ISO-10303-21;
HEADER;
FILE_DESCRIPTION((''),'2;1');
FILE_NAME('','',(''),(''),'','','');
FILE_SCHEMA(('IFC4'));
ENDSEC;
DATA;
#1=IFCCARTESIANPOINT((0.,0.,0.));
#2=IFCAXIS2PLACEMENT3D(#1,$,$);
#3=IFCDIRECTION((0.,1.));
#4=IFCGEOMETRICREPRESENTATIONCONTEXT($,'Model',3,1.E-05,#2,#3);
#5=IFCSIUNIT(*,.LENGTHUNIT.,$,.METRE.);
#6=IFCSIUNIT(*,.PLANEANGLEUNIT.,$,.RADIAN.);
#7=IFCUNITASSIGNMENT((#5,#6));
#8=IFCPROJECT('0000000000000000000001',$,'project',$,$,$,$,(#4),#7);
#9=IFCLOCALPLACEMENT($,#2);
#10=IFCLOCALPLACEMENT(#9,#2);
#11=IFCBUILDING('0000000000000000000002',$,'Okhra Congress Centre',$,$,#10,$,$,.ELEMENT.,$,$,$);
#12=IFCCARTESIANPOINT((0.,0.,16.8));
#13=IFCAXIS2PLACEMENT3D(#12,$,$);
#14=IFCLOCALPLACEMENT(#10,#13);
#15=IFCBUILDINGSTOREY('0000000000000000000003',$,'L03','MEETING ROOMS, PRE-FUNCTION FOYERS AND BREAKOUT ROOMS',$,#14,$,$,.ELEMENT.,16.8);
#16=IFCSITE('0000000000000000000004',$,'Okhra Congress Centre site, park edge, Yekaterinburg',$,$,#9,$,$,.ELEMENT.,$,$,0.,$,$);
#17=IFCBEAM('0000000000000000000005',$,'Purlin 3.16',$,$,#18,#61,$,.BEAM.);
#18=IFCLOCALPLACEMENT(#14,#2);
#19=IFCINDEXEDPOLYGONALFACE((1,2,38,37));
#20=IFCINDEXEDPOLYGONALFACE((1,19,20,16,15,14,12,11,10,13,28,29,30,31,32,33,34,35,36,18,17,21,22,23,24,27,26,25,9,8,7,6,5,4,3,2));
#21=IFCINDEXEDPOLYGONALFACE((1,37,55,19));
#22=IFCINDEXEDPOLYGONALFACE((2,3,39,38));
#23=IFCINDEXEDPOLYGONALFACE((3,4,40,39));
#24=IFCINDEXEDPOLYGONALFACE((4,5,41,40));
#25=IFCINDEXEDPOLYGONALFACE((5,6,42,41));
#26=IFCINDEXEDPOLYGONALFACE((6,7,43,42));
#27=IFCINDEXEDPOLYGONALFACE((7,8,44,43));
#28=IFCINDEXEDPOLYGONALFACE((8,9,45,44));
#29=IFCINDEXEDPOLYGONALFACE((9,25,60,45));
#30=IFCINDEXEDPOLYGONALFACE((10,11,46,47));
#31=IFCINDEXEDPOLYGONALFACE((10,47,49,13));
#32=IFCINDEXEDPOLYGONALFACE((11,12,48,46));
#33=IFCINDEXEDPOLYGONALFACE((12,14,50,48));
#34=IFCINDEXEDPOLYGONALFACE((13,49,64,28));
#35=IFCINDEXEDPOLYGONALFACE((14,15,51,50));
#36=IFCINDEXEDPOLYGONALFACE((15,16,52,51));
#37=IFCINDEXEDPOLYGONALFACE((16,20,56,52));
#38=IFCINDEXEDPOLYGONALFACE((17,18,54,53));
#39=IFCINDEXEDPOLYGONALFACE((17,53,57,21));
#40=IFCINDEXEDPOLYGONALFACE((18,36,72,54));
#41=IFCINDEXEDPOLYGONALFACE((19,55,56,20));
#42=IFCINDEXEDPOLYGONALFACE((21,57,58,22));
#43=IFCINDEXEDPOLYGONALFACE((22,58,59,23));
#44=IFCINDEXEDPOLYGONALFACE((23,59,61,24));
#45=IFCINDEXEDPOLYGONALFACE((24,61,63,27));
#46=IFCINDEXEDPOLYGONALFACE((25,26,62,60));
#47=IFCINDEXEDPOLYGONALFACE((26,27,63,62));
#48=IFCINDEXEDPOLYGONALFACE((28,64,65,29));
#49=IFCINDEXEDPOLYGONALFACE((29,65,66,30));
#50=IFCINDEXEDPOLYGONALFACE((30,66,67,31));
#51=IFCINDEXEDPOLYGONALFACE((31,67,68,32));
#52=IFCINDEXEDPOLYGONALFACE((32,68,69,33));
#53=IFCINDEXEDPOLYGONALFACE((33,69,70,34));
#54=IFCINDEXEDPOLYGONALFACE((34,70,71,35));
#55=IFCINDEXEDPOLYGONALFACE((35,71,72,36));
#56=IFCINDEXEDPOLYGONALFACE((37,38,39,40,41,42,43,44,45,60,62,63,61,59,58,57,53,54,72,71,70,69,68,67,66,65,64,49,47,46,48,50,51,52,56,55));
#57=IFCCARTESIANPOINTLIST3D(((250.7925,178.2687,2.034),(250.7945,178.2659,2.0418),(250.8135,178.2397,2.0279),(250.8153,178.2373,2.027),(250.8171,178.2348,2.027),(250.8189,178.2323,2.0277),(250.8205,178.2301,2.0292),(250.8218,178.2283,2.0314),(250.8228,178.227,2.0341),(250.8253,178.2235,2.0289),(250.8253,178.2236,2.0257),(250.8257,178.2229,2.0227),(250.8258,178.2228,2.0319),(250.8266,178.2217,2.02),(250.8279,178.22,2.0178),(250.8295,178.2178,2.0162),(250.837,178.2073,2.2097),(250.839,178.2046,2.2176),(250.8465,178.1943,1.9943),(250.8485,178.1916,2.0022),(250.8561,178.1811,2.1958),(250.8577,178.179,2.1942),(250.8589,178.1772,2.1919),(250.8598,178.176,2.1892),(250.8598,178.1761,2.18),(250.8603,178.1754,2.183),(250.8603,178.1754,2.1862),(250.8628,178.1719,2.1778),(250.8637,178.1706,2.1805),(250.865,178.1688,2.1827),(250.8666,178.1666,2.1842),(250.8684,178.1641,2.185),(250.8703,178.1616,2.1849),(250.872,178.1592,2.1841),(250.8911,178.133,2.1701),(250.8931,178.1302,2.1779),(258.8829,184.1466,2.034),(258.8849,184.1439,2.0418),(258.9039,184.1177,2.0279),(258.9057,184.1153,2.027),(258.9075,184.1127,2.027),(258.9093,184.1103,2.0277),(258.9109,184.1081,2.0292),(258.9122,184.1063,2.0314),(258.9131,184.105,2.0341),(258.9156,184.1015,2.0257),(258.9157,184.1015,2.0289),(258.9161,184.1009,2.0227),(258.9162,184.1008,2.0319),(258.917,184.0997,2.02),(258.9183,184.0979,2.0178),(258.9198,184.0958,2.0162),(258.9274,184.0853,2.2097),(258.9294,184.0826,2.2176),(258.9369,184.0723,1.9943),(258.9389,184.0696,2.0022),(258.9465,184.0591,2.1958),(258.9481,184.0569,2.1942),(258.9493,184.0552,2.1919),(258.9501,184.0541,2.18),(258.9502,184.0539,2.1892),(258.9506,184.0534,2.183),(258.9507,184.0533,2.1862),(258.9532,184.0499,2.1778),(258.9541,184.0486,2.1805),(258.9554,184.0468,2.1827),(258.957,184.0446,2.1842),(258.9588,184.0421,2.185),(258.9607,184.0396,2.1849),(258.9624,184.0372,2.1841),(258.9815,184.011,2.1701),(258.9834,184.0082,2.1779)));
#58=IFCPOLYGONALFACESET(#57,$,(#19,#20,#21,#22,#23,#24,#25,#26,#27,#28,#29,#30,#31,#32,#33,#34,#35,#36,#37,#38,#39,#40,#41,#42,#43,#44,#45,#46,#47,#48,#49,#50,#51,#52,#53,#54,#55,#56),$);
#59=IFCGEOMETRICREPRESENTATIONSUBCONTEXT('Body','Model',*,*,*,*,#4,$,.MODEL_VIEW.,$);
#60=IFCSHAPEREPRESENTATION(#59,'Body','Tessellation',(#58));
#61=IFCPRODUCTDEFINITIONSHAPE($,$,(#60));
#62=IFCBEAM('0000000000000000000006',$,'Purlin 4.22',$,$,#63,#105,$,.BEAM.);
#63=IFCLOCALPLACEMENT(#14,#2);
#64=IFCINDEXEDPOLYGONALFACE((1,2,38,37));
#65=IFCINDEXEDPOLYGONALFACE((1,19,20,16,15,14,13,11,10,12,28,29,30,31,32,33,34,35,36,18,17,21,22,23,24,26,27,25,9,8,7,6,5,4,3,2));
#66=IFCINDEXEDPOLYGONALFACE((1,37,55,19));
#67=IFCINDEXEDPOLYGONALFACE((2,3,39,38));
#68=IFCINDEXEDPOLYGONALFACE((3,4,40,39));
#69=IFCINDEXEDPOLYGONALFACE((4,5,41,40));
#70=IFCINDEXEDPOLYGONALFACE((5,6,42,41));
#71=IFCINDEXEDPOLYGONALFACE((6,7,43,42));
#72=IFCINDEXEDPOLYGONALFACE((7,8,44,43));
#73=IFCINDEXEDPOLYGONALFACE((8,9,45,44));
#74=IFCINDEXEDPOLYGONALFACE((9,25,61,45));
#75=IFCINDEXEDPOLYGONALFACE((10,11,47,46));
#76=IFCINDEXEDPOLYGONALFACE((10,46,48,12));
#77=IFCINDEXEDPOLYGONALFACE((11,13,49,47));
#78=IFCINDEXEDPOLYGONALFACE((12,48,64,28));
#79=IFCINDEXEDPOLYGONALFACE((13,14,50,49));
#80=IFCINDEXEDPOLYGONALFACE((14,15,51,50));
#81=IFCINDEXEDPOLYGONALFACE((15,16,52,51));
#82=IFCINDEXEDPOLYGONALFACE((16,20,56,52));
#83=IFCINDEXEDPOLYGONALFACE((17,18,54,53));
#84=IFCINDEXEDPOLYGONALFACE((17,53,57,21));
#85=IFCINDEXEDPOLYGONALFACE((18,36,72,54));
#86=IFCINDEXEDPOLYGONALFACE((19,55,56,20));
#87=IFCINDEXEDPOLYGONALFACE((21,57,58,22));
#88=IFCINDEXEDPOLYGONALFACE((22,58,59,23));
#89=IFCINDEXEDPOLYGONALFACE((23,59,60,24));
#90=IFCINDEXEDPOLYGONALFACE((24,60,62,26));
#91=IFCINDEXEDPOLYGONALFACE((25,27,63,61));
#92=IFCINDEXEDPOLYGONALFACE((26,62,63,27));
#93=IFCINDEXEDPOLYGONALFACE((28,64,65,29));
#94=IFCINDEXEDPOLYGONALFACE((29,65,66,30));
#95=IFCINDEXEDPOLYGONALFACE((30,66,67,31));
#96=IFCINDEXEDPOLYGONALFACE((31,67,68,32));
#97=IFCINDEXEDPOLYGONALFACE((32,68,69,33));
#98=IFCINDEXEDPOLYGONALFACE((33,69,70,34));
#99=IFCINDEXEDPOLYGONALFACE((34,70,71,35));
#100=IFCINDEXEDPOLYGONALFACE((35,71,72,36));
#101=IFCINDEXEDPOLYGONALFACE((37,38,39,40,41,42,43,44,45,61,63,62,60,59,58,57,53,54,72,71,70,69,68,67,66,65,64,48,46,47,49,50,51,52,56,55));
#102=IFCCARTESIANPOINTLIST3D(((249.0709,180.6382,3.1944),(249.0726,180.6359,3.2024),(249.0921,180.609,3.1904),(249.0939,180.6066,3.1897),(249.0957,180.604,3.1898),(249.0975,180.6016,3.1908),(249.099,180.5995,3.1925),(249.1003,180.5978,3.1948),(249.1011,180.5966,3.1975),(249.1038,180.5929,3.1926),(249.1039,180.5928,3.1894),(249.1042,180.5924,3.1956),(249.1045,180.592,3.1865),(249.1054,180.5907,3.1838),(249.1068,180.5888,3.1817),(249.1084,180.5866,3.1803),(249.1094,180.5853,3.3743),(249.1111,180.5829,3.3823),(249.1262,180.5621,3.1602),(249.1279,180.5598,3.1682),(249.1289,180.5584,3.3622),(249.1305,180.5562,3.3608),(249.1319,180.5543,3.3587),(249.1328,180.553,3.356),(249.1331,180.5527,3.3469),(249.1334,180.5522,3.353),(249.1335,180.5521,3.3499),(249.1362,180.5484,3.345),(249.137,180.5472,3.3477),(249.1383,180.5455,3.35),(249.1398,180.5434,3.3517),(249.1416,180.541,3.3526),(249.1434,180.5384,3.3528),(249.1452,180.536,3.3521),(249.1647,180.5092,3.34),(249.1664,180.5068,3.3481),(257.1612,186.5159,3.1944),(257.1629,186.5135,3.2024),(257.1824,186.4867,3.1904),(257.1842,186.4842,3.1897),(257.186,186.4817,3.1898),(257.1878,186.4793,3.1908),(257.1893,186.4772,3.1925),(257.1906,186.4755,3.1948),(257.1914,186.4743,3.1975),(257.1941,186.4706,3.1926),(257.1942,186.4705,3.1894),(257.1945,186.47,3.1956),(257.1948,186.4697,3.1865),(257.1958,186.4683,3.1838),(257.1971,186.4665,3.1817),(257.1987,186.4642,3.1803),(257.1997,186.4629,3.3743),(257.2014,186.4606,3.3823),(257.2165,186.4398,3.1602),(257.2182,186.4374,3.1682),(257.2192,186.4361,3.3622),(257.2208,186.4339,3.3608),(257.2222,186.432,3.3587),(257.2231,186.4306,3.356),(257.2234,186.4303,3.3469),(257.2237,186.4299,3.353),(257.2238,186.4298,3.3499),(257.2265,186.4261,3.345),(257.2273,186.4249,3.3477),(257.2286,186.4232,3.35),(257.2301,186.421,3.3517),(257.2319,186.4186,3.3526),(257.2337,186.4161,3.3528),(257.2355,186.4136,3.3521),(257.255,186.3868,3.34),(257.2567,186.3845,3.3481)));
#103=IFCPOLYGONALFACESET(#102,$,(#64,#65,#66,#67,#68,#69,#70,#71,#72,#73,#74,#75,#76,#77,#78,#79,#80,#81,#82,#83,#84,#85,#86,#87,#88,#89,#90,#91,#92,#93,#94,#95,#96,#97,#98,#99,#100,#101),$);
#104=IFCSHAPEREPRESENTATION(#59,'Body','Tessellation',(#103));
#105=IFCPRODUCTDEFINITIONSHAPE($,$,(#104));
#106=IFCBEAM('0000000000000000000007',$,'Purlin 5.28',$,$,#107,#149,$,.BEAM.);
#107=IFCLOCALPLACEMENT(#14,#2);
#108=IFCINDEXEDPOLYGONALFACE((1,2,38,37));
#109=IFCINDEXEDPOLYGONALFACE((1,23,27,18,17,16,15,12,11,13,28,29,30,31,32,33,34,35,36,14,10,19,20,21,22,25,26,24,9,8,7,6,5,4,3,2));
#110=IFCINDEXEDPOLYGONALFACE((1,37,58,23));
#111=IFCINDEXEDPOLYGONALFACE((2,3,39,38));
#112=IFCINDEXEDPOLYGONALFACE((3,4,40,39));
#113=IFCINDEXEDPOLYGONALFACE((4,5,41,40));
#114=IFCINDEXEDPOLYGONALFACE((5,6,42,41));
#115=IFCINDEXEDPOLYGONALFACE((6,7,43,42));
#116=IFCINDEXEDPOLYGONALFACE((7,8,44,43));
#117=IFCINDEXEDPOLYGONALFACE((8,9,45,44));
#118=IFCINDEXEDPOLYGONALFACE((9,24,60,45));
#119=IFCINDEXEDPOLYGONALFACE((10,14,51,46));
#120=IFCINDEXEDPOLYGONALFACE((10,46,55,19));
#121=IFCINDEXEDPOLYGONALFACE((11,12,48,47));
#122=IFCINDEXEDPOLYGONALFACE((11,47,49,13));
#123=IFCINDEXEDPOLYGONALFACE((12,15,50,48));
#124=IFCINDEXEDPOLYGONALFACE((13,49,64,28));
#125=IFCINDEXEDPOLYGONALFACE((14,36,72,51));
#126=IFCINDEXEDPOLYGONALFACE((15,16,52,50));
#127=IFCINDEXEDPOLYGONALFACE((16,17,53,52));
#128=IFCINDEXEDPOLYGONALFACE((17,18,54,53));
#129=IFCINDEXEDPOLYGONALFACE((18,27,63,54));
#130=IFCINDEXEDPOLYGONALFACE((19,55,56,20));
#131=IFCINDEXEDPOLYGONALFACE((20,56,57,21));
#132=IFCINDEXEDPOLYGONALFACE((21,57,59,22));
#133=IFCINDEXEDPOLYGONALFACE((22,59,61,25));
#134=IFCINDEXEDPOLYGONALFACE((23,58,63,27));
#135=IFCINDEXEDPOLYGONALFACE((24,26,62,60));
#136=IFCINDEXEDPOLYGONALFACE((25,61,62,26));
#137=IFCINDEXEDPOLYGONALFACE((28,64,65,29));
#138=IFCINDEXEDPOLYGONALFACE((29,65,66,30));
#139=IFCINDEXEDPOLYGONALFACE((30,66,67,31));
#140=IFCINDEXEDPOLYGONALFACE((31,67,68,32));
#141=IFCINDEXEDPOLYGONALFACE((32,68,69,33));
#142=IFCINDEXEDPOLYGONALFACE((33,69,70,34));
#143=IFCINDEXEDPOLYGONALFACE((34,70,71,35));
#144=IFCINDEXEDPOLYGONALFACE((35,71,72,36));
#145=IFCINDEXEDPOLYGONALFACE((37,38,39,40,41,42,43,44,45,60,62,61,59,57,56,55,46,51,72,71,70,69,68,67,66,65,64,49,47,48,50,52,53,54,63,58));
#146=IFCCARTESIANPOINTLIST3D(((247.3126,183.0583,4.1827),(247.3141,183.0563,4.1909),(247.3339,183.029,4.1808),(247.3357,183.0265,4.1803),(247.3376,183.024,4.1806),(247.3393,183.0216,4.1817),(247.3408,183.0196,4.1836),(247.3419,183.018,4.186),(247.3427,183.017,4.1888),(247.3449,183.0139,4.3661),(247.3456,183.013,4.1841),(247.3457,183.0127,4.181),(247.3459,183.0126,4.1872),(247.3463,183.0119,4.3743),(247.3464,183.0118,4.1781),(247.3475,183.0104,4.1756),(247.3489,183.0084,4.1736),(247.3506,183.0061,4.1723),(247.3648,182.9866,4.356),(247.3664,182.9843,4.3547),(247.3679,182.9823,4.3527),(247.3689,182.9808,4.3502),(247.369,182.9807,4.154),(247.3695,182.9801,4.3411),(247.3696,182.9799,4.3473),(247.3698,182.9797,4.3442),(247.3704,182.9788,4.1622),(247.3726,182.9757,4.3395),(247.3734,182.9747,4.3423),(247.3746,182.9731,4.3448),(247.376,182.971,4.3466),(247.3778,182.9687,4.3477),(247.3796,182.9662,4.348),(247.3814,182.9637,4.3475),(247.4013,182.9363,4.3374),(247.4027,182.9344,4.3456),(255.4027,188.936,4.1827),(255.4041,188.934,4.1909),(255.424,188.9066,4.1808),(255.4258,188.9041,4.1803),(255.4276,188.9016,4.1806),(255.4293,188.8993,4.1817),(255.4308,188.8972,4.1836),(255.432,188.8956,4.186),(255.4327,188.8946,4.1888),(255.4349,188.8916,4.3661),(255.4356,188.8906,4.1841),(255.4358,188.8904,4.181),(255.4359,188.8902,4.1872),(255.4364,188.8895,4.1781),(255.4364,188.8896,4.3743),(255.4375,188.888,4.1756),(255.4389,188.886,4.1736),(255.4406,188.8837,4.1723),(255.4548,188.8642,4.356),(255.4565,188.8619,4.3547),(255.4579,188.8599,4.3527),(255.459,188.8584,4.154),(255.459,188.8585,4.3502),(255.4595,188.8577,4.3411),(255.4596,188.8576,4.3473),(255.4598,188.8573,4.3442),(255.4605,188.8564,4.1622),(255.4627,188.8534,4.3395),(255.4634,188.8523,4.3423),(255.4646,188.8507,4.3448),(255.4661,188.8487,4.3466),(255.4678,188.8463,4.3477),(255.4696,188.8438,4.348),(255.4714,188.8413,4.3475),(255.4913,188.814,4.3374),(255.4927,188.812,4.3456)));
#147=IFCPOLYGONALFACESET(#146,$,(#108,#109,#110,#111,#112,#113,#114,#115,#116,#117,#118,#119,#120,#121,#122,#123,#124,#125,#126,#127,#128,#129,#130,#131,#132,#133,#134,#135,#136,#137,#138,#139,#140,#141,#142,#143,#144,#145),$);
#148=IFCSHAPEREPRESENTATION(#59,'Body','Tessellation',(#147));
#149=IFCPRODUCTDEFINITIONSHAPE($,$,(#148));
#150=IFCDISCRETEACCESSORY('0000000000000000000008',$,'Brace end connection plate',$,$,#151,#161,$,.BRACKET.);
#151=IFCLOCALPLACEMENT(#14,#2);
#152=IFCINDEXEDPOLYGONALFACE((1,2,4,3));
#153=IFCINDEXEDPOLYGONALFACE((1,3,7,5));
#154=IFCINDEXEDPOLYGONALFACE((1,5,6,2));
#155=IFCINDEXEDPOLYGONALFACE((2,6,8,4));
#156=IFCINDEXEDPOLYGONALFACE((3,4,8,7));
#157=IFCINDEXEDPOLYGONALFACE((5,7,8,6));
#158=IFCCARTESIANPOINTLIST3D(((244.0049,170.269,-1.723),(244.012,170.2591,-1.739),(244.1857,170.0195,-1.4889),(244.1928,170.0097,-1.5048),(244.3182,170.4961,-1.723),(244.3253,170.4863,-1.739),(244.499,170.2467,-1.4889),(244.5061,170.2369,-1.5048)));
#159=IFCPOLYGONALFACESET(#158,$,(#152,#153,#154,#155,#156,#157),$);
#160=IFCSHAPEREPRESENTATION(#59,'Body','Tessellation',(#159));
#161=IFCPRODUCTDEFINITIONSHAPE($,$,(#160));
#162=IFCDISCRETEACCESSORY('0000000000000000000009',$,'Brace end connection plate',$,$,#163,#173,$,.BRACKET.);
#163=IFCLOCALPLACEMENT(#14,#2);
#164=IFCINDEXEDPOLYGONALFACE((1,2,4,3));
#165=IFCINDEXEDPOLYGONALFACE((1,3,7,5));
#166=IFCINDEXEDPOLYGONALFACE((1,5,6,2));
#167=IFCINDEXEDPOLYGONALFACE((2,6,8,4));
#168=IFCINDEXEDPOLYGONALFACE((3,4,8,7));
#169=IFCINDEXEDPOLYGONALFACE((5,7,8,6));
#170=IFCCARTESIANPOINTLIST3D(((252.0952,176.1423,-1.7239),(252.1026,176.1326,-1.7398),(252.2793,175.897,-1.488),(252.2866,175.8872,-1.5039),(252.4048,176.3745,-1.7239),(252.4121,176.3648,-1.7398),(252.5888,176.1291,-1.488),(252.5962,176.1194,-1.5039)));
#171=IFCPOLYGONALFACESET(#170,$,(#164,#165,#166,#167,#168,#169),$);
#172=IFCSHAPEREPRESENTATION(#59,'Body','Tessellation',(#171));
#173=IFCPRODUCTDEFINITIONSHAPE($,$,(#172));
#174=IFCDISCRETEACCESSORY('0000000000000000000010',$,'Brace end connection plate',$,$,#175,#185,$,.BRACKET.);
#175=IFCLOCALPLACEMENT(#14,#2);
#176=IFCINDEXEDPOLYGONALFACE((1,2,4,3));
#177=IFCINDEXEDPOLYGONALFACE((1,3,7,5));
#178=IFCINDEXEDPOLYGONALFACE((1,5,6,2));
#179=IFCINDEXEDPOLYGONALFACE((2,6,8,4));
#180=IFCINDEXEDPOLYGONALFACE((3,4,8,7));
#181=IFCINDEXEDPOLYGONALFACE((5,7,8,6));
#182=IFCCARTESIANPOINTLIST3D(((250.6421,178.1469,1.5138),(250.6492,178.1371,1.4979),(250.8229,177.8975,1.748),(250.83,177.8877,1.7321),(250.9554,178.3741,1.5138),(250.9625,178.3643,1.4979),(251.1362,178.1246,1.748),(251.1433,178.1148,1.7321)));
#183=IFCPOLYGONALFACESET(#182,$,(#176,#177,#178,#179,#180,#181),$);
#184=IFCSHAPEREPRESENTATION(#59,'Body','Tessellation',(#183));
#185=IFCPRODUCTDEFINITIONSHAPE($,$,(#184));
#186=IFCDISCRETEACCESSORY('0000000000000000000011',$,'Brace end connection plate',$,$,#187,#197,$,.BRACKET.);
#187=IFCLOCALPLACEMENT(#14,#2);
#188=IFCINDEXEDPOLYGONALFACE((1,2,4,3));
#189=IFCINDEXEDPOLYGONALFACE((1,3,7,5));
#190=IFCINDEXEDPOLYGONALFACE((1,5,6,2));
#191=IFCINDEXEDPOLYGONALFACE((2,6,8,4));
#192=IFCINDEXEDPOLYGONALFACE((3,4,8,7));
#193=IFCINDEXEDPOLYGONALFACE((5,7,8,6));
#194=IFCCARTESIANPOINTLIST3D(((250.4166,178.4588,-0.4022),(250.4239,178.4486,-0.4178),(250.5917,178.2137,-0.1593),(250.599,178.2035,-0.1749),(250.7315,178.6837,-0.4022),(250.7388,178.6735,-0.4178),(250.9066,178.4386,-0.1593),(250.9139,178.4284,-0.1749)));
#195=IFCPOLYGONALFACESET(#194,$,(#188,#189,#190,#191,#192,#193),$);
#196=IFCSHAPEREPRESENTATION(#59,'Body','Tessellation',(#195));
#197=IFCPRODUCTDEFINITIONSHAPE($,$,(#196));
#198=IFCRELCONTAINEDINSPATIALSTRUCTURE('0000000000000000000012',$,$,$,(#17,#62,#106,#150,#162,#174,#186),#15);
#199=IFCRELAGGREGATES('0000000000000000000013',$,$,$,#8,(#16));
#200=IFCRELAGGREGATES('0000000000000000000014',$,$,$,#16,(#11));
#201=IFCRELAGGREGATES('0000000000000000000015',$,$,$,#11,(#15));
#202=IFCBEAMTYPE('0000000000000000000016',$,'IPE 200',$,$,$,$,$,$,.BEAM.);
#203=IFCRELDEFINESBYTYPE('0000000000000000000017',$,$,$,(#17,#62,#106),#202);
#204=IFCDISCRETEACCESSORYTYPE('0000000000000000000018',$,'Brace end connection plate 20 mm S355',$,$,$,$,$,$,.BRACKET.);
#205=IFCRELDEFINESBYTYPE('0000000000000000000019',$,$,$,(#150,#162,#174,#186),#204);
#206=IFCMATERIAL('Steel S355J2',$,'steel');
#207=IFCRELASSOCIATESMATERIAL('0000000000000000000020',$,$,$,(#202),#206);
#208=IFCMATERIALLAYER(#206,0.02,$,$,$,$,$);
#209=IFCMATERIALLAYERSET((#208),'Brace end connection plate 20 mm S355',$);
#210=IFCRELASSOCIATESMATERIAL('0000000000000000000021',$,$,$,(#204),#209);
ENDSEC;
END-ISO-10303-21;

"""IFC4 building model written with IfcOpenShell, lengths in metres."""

from ifc_helpers import new_model, si_unit, direction, frame, origin, origin_2d, place, context, subcontext, project, spatial, rectangle, i_section, extrude, material, layer, layer_set, material_profile, profile_set, type_object, element, save


model = new_model("IFC4")

# Units and contexts
model_context = context("Model", 3, precision=1e-05, world=origin(), true_north=direction((0.0, 1.0)))
body_context = subcontext(model_context, "Body", "Model", "MODEL_VIEW")
ifc_project = project(units=[si_unit("LENGTHUNIT", "METRE"), si_unit("PLANEANGLEUNIT", "RADIAN")], contexts=[model_context])

# Site, building, storey
site_placement = place(None, origin())
site = spatial("IfcSite", under=ifc_project, at=site_placement, Name="Okhra Congress Centre site, park edge, Yekaterinburg", CompositionType="ELEMENT", RefElevation=0.0)
building_placement = place(site_placement, origin())
building = spatial("IfcBuilding", under=site, at=building_placement, Name="Okhra Congress Centre", CompositionType="ELEMENT")
storey_placement = place(building_placement, frame((0.0, 0.0, 16.8)))
storey = spatial("IfcBuildingStorey", under=building, at=storey_placement, Name="L03", Description="MEETING ROOMS, PRE-FUNCTION FOYERS AND BREAKOUT ROOMS", CompositionType="ELEMENT", Elevation=16.8)

# Beams
ifc_material_1 = material(Name="Steel S355J2", Category="steel")
ifc_material_profile_1 = material_profile(ifc_material_1, i_section(OverallWidth=0.1001, OverallDepth=0.2, WebThickness=0.0056, FlangeThickness=0.0085, FilletRadius=0.012, at=origin_2d()), Name="IPE 200")
ifc_profile_set_1 = profile_set([ifc_material_profile_1], Name="Steel S355J2")
beam_type = type_object("IfcBeamType", Name="IPE 200", PredefinedType="BEAM", material=ifc_profile_set_1)
beam_1_placement = place(storey_placement, frame((250.8428, 178.1995, 2.106), z_axis=(0.809019, 0.587783, 0.0), x_axis=(-0.539711, 0.742854, 0.39608)))
element("IfcBeam", 1, at=beam_1_placement, inside=storey, type_object=beam_type, Name="Purlin 3.16", PredefinedType="BEAM", context=body_context, shape_type="SweptSolid", body=[
    extrude(i_section(OverallWidth=0.1001, OverallDepth=0.2, WebThickness=0.0056, FlangeThickness=0.0085, FilletRadius=0.012, at=origin_2d()), origin(), (0.0, 0.0, 1.0), 10.0002),
])
beam_2_placement = place(storey_placement, frame((249.1187, 180.5725, 3.2712), z_axis=(0.809031, 0.587767, 0.0), x_axis=(-0.55232, 0.76024, 0.34202)))
element("IfcBeam", 2, at=beam_2_placement, inside=storey, type_object=beam_type, Name="Purlin 4.22", PredefinedType="BEAM", context=body_context, shape_type="SweptSolid", body=[
    extrude(i_section(OverallWidth=0.1001, OverallDepth=0.2, WebThickness=0.0056, FlangeThickness=0.0085, FilletRadius=0.012, at=origin_2d()), origin(), (0.0, 0.0, 1.0), 10.0),
])
beam_3_placement = place(storey_placement, frame((247.3577, 182.9963, 4.2642), z_axis=(0.809022, 0.587778, 0.0), x_axis=(-0.563085, 0.775035, 0.286803)))
element("IfcBeam", 3, at=beam_3_placement, inside=storey, type_object=beam_type, Name="Purlin 5.28", PredefinedType="BEAM", context=body_context, shape_type="SweptSolid", body=[
    extrude(i_section(OverallWidth=0.1001, OverallDepth=0.2, WebThickness=0.0056, FlangeThickness=0.0085, FilletRadius=0.012, at=origin_2d()), origin(), (0.0, 0.0, 1.0), 9.9998),
])

# Discrete accessories
ifc_layer = layer(ifc_material_1, 0.02)
ifc_layer_set = layer_set([ifc_layer], Name="Brace end connection plate 20 mm S355")
discrete_accessory_type = type_object("IfcDiscreteAccessoryType", Name="Brace end connection plate 20 mm S355", PredefinedType="BRACKET", material=ifc_layer_set)
for number, where, z_axis, x_axis, name in (
    (4, (244.252, 170.2578, -1.606), (0.355194, -0.489922, -0.796124), (0.80961, 0.586968, 0.0), "Brace end connection plate"),
    (5, (252.342, 176.1357, -1.606), (0.365826, -0.487769, -0.792624), (0.8, 0.6, 0.0), "Brace end connection plate"),
    (6, (250.8962, 178.126, 1.615), (-0.355194, 0.489922, 0.796124), (-0.80961, -0.586968, 0.0), "Brace end connection plate"),
    (7, (250.6616, 178.4487, -0.2808), (0.364878, -0.510829, -0.778407), (0.813733, 0.581238, 0.0), "Brace end connection plate"),
):
    element("IfcDiscreteAccessory", number, at=place(storey_placement, frame(where, z_axis=z_axis, x_axis=x_axis)), inside=storey, type_object=discrete_accessory_type, Name=name, PredefinedType="BRACKET", context=body_context, shape_type="SweptSolid", body=[
        extrude(rectangle(XDim=0.387, YDim=0.387, at=origin_2d()), origin(), (0.0, 0.0, 1.0), 0.02),
    ])

save(model, "model.ifc")
